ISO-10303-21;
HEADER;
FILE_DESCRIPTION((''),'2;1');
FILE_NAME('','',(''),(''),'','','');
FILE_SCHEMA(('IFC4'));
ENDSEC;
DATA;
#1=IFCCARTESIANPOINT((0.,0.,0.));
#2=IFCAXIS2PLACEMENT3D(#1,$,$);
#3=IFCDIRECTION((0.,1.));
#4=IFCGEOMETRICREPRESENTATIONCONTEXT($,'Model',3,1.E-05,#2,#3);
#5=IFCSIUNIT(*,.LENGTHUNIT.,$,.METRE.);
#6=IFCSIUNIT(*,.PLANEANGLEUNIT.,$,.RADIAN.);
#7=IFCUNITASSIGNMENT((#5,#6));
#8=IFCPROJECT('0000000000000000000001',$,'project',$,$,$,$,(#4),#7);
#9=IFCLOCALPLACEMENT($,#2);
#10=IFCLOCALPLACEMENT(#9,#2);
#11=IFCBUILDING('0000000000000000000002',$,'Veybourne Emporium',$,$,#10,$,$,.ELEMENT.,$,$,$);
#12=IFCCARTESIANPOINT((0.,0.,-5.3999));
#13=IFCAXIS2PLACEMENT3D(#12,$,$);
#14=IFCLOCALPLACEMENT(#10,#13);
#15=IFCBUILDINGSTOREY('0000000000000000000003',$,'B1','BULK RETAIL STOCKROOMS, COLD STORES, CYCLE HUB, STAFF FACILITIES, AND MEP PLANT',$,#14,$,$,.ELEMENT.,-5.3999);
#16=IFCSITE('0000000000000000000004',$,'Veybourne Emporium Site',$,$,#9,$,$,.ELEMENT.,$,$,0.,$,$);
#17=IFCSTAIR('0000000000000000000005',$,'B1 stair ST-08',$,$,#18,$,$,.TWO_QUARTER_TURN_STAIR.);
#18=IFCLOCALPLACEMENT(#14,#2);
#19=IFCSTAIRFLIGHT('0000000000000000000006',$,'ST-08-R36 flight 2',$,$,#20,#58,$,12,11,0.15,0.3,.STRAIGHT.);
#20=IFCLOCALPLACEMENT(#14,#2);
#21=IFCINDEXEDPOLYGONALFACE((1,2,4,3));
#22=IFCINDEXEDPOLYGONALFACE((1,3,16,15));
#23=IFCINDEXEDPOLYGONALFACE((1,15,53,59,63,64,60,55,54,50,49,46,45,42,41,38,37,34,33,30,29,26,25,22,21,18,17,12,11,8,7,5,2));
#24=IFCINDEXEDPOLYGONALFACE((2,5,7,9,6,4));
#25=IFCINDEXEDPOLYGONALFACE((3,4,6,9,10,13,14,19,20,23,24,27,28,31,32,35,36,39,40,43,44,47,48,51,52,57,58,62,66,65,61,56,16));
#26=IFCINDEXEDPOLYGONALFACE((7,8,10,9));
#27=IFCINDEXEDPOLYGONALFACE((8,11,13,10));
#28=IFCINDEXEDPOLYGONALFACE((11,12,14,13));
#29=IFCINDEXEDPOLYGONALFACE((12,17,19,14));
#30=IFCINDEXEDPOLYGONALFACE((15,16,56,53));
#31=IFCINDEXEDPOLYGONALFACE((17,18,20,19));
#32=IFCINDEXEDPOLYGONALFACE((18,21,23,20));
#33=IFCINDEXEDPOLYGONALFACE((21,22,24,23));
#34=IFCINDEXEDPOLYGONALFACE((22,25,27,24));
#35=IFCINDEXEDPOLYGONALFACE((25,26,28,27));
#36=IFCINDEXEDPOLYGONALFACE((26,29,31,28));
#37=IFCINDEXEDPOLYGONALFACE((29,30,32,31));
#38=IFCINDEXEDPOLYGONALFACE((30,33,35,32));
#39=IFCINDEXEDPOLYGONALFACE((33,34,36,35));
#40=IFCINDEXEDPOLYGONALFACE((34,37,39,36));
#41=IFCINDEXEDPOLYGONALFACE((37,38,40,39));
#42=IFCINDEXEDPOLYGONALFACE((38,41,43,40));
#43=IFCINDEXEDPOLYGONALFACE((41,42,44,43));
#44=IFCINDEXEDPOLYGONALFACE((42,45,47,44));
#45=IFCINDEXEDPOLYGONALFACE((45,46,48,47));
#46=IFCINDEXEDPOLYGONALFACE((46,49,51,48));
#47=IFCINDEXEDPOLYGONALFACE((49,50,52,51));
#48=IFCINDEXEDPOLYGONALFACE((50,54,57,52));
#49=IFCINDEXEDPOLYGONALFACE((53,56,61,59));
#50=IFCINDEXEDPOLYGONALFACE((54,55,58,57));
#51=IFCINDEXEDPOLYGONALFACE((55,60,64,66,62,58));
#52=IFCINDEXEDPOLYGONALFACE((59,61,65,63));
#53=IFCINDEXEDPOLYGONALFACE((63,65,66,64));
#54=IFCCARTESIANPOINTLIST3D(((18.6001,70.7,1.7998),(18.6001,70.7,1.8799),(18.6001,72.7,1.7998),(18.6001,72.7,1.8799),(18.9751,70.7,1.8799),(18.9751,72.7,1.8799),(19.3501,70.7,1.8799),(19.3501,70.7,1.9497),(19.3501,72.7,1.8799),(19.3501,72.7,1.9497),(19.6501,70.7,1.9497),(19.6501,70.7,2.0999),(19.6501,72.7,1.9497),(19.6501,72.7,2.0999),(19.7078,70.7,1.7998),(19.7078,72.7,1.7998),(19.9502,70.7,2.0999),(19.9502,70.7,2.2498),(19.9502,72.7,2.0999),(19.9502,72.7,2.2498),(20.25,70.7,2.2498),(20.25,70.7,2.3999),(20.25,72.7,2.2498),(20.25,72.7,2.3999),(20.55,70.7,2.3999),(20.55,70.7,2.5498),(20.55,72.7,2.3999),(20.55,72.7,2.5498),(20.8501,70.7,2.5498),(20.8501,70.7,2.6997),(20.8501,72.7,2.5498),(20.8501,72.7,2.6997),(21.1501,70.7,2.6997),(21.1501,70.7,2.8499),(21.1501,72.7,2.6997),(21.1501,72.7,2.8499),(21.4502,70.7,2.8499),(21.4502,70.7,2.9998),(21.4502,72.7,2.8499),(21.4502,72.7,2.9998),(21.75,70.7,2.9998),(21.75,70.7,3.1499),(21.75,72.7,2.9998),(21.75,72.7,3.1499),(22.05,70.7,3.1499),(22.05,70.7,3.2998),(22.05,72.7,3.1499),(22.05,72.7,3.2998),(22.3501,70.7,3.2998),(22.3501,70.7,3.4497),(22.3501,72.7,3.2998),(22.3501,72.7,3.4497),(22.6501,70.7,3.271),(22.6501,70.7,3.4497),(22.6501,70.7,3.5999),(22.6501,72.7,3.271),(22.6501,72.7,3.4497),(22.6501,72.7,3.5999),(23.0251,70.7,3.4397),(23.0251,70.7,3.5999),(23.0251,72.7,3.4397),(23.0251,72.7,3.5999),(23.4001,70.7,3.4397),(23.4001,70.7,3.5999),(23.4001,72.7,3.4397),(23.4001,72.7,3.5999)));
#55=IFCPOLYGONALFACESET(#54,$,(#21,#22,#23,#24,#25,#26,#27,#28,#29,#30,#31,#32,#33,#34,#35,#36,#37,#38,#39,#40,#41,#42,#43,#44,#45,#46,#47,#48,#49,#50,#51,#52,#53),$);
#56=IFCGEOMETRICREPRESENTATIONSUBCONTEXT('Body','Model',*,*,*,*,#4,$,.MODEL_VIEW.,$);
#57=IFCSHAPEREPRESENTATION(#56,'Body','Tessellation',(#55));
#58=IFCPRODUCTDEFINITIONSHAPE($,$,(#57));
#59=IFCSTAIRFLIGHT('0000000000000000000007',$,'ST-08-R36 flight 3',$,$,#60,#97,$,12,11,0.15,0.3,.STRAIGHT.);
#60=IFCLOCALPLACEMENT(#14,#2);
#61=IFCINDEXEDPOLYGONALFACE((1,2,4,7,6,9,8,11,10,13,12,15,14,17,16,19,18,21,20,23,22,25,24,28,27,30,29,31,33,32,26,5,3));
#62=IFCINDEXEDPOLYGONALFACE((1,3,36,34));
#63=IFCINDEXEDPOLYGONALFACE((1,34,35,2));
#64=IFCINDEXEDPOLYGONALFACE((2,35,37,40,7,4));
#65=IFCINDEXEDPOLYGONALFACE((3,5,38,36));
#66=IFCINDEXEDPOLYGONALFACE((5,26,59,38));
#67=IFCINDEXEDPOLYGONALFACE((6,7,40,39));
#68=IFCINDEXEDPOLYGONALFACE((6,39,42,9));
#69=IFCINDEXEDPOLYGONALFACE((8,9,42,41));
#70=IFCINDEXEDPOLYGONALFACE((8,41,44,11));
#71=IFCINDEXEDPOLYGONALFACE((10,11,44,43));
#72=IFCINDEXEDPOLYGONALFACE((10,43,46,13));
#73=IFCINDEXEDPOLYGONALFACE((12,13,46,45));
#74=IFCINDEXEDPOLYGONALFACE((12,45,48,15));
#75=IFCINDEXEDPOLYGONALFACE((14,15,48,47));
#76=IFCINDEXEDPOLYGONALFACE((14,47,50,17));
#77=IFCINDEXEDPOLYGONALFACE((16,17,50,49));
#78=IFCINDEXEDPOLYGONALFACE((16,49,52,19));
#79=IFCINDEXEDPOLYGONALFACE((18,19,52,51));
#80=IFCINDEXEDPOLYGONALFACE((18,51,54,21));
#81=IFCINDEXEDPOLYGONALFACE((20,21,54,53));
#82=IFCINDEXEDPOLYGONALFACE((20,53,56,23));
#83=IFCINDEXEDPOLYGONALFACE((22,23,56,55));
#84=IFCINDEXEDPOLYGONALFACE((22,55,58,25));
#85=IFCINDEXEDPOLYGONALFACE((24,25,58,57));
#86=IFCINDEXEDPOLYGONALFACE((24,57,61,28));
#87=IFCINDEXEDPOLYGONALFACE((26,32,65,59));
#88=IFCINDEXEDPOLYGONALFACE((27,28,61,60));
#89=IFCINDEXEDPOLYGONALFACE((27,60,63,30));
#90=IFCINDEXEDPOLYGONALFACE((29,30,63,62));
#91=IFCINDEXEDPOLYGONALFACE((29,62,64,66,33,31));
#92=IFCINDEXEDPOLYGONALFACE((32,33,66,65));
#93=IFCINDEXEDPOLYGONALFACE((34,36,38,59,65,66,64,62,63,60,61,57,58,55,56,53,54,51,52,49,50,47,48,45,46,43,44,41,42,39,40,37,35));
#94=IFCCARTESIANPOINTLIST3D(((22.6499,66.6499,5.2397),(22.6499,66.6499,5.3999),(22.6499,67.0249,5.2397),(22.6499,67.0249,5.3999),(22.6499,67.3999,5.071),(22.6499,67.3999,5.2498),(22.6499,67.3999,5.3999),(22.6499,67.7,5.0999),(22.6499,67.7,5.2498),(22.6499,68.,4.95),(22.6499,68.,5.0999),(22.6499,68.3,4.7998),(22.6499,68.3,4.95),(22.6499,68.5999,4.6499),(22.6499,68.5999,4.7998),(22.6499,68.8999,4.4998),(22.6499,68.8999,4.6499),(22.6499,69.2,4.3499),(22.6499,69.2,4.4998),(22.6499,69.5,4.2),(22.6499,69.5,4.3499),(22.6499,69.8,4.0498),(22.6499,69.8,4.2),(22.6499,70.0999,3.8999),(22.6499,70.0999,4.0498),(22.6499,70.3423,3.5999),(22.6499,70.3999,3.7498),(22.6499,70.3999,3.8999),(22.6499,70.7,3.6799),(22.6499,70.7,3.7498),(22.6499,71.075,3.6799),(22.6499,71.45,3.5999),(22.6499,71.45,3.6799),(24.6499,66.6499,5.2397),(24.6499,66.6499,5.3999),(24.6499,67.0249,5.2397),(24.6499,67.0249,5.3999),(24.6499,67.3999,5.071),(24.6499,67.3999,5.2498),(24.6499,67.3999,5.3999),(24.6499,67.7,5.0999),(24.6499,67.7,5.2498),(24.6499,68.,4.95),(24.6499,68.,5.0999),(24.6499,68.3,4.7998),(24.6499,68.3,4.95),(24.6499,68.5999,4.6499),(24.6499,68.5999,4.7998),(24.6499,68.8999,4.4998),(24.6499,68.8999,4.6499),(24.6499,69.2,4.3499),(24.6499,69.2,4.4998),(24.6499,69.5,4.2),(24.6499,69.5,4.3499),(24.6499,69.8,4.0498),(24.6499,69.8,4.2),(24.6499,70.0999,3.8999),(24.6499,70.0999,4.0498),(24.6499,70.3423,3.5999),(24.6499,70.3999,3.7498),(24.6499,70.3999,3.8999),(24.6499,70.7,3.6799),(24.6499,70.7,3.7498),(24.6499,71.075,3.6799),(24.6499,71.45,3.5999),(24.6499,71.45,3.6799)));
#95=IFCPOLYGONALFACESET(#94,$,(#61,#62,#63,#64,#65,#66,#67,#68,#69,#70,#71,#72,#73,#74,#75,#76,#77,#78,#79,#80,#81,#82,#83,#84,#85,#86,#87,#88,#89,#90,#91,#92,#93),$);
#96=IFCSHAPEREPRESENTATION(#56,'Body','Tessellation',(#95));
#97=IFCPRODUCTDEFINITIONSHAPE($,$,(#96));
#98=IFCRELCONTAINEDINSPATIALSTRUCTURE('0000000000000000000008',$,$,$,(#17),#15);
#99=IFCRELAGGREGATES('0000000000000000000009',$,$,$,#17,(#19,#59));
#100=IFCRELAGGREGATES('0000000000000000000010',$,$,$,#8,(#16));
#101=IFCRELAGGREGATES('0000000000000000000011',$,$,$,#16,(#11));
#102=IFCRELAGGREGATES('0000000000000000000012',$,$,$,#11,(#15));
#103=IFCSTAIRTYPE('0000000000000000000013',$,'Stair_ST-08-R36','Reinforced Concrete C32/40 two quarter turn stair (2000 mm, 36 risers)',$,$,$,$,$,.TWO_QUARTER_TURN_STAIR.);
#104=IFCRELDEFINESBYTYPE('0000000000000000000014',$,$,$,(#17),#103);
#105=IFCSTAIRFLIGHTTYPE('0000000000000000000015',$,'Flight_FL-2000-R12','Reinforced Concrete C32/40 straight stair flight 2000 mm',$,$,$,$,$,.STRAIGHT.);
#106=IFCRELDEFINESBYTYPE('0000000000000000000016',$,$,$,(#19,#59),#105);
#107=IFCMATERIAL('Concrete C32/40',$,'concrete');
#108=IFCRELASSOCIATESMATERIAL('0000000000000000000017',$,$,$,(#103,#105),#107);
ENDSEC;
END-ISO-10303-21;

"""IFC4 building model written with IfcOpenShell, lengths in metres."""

from ifc_helpers import new_model, si_unit, direction, frame, origin, place, context, subcontext, project, spatial, polyline, outline, extrude, material, type_object, element, aggregate, save


model = new_model("IFC4")

# Units and contexts
model_context = context("Model", 3, precision=1e-05, world=origin(), true_north=direction((0.0, 1.0)))
body_context = subcontext(model_context, "Body", "Model", "MODEL_VIEW")
ifc_project = project(units=[si_unit("LENGTHUNIT", "METRE"), si_unit("PLANEANGLEUNIT", "RADIAN")], contexts=[model_context])

# Site, building, storey
site_placement = place(None, origin())
site = spatial("IfcSite", under=ifc_project, at=site_placement, Name="Veybourne Emporium Site", CompositionType="ELEMENT", RefElevation=0.0)
building_placement = place(site_placement, origin())
building = spatial("IfcBuilding", under=site, at=building_placement, Name="Veybourne Emporium", CompositionType="ELEMENT")
storey_placement = place(building_placement, frame((0.0, 0.0, -5.3999)))
storey = spatial("IfcBuildingStorey", under=building, at=storey_placement, Name="B1", Description="BULK RETAIL STOCKROOMS, COLD STORES, CYCLE HUB, STAFF FACILITIES, AND MEP PLANT", CompositionType="ELEMENT", Elevation=-5.3999)

# Shared definitions
ifc_material_1 = material(Name="Concrete C32/40", Category="concrete")

# Stair, stair flights
stair_type = type_object("IfcStairType", Name="Stair_ST-08-R36", Description="Reinforced Concrete C32/40 two quarter turn stair (2000 mm, 36 risers)", PredefinedType="TWO_QUARTER_TURN_STAIR", material=ifc_material_1)
stair_placement = place(storey_placement, origin())
stair = element("IfcStair", 1, at=stair_placement, inside=storey, type_object=stair_type, Name="B1 stair ST-08", PredefinedType="TWO_QUARTER_TURN_STAIR")
stair_flight_type = type_object("IfcStairFlightType", Name="Flight_FL-2000-R12", Description="Reinforced Concrete C32/40 straight stair flight 2000 mm", PredefinedType="STRAIGHT", material=ifc_material_1)
stair_flight_1_placement = place(storey_placement, frame((19.3501, 71.7, 1.7998), z_axis=(0.0, 0.0, 1.0), x_axis=(1.0, 0.0, 0.0)))
stair_flight_1 = element("IfcStairFlight", 2, at=stair_flight_1_placement, type_object=stair_flight_type, Name="ST-08-R36 flight 2", NumberOfRisers=12, NumberOfTreads=11, PredefinedType="STRAIGHT", RiserHeight=0.15, TreadLength=0.3, context=body_context, shape_type="SweptSolid", body=[
    extrude(outline(polyline([(-0.75, 0.0), (-0.75, 0.0801), (-0.375, 0.0801), (0.0, 0.0801), (0.0, 0.1499), (0.3, 0.1499), (0.3, 0.3), (0.6001, 0.3), (0.6001, 0.45), (0.8999, 0.45), (0.8999, 0.6001), (1.2, 0.6001), (1.2, 0.75), (1.5, 0.75), (1.5, 0.8999), (1.8, 0.8999), (1.8, 1.05), (2.1001, 1.05), (2.1001, 1.2), (2.3999, 1.2), (2.3999, 1.3501), (2.7, 1.3501), (2.7, 1.5), (3.0, 1.5), (3.0, 1.6499), (3.3, 1.6499), (3.3, 1.8), (3.675, 1.8), (4.05, 1.8), (4.05, 1.6399), (3.675, 1.6399), (3.3, 1.4712), (0.3577, 0.0), (-0.75, 0.0)])), frame((0.0, 1.0, 0.0), z_axis=(0.0, -1.0, 0.0), x_axis=(1.0, 0.0, 0.0)), (0.0, 0.0, 1.0), 2.0),
])
stair_flight_2_placement = place(storey_placement, frame((23.6499, 70.7, 3.5999), z_axis=(0.0, 0.0, 1.0), x_axis=(0.0, -1.0, 0.0)))
stair_flight_2 = element("IfcStairFlight", 3, at=stair_flight_2_placement, type_object=stair_flight_type, Name="ST-08-R36 flight 3", NumberOfRisers=12, NumberOfTreads=11, PredefinedType="STRAIGHT", RiserHeight=0.15, TreadLength=0.3, context=body_context, shape_type="SweptSolid", body=[
    extrude(outline(polyline([(-0.75, 0.0), (-0.75, 0.0801), (-0.375, 0.0801), (0.0, 0.0801), (0.0, 0.1499), (0.3, 0.1499), (0.3, 0.3), (0.6001, 0.3), (0.6001, 0.45), (0.8999, 0.45), (0.8999, 0.6001), (1.2, 0.6001), (1.2, 0.75), (1.5, 0.75), (1.5, 0.8999), (1.8, 0.8999), (1.8, 1.05), (2.1001, 1.05), (2.1001, 1.2), (2.3999, 1.2), (2.3999, 1.3501), (2.7, 1.3501), (2.7, 1.5), (3.0, 1.5), (3.0, 1.6499), (3.3, 1.6499), (3.3, 1.8), (3.675, 1.8), (4.05, 1.8), (4.05, 1.6399), (3.675, 1.6399), (3.3, 1.4712), (0.3577, 0.0), (-0.75, 0.0)])), frame((0.0, 1.0, 0.0), z_axis=(0.0, -1.0, 0.0), x_axis=(1.0, 0.0, 0.0)), (0.0, 0.0, 1.0), 2.0),
])
aggregate(stair, [stair_flight_1, stair_flight_2])

save(model, "model.ifc")
